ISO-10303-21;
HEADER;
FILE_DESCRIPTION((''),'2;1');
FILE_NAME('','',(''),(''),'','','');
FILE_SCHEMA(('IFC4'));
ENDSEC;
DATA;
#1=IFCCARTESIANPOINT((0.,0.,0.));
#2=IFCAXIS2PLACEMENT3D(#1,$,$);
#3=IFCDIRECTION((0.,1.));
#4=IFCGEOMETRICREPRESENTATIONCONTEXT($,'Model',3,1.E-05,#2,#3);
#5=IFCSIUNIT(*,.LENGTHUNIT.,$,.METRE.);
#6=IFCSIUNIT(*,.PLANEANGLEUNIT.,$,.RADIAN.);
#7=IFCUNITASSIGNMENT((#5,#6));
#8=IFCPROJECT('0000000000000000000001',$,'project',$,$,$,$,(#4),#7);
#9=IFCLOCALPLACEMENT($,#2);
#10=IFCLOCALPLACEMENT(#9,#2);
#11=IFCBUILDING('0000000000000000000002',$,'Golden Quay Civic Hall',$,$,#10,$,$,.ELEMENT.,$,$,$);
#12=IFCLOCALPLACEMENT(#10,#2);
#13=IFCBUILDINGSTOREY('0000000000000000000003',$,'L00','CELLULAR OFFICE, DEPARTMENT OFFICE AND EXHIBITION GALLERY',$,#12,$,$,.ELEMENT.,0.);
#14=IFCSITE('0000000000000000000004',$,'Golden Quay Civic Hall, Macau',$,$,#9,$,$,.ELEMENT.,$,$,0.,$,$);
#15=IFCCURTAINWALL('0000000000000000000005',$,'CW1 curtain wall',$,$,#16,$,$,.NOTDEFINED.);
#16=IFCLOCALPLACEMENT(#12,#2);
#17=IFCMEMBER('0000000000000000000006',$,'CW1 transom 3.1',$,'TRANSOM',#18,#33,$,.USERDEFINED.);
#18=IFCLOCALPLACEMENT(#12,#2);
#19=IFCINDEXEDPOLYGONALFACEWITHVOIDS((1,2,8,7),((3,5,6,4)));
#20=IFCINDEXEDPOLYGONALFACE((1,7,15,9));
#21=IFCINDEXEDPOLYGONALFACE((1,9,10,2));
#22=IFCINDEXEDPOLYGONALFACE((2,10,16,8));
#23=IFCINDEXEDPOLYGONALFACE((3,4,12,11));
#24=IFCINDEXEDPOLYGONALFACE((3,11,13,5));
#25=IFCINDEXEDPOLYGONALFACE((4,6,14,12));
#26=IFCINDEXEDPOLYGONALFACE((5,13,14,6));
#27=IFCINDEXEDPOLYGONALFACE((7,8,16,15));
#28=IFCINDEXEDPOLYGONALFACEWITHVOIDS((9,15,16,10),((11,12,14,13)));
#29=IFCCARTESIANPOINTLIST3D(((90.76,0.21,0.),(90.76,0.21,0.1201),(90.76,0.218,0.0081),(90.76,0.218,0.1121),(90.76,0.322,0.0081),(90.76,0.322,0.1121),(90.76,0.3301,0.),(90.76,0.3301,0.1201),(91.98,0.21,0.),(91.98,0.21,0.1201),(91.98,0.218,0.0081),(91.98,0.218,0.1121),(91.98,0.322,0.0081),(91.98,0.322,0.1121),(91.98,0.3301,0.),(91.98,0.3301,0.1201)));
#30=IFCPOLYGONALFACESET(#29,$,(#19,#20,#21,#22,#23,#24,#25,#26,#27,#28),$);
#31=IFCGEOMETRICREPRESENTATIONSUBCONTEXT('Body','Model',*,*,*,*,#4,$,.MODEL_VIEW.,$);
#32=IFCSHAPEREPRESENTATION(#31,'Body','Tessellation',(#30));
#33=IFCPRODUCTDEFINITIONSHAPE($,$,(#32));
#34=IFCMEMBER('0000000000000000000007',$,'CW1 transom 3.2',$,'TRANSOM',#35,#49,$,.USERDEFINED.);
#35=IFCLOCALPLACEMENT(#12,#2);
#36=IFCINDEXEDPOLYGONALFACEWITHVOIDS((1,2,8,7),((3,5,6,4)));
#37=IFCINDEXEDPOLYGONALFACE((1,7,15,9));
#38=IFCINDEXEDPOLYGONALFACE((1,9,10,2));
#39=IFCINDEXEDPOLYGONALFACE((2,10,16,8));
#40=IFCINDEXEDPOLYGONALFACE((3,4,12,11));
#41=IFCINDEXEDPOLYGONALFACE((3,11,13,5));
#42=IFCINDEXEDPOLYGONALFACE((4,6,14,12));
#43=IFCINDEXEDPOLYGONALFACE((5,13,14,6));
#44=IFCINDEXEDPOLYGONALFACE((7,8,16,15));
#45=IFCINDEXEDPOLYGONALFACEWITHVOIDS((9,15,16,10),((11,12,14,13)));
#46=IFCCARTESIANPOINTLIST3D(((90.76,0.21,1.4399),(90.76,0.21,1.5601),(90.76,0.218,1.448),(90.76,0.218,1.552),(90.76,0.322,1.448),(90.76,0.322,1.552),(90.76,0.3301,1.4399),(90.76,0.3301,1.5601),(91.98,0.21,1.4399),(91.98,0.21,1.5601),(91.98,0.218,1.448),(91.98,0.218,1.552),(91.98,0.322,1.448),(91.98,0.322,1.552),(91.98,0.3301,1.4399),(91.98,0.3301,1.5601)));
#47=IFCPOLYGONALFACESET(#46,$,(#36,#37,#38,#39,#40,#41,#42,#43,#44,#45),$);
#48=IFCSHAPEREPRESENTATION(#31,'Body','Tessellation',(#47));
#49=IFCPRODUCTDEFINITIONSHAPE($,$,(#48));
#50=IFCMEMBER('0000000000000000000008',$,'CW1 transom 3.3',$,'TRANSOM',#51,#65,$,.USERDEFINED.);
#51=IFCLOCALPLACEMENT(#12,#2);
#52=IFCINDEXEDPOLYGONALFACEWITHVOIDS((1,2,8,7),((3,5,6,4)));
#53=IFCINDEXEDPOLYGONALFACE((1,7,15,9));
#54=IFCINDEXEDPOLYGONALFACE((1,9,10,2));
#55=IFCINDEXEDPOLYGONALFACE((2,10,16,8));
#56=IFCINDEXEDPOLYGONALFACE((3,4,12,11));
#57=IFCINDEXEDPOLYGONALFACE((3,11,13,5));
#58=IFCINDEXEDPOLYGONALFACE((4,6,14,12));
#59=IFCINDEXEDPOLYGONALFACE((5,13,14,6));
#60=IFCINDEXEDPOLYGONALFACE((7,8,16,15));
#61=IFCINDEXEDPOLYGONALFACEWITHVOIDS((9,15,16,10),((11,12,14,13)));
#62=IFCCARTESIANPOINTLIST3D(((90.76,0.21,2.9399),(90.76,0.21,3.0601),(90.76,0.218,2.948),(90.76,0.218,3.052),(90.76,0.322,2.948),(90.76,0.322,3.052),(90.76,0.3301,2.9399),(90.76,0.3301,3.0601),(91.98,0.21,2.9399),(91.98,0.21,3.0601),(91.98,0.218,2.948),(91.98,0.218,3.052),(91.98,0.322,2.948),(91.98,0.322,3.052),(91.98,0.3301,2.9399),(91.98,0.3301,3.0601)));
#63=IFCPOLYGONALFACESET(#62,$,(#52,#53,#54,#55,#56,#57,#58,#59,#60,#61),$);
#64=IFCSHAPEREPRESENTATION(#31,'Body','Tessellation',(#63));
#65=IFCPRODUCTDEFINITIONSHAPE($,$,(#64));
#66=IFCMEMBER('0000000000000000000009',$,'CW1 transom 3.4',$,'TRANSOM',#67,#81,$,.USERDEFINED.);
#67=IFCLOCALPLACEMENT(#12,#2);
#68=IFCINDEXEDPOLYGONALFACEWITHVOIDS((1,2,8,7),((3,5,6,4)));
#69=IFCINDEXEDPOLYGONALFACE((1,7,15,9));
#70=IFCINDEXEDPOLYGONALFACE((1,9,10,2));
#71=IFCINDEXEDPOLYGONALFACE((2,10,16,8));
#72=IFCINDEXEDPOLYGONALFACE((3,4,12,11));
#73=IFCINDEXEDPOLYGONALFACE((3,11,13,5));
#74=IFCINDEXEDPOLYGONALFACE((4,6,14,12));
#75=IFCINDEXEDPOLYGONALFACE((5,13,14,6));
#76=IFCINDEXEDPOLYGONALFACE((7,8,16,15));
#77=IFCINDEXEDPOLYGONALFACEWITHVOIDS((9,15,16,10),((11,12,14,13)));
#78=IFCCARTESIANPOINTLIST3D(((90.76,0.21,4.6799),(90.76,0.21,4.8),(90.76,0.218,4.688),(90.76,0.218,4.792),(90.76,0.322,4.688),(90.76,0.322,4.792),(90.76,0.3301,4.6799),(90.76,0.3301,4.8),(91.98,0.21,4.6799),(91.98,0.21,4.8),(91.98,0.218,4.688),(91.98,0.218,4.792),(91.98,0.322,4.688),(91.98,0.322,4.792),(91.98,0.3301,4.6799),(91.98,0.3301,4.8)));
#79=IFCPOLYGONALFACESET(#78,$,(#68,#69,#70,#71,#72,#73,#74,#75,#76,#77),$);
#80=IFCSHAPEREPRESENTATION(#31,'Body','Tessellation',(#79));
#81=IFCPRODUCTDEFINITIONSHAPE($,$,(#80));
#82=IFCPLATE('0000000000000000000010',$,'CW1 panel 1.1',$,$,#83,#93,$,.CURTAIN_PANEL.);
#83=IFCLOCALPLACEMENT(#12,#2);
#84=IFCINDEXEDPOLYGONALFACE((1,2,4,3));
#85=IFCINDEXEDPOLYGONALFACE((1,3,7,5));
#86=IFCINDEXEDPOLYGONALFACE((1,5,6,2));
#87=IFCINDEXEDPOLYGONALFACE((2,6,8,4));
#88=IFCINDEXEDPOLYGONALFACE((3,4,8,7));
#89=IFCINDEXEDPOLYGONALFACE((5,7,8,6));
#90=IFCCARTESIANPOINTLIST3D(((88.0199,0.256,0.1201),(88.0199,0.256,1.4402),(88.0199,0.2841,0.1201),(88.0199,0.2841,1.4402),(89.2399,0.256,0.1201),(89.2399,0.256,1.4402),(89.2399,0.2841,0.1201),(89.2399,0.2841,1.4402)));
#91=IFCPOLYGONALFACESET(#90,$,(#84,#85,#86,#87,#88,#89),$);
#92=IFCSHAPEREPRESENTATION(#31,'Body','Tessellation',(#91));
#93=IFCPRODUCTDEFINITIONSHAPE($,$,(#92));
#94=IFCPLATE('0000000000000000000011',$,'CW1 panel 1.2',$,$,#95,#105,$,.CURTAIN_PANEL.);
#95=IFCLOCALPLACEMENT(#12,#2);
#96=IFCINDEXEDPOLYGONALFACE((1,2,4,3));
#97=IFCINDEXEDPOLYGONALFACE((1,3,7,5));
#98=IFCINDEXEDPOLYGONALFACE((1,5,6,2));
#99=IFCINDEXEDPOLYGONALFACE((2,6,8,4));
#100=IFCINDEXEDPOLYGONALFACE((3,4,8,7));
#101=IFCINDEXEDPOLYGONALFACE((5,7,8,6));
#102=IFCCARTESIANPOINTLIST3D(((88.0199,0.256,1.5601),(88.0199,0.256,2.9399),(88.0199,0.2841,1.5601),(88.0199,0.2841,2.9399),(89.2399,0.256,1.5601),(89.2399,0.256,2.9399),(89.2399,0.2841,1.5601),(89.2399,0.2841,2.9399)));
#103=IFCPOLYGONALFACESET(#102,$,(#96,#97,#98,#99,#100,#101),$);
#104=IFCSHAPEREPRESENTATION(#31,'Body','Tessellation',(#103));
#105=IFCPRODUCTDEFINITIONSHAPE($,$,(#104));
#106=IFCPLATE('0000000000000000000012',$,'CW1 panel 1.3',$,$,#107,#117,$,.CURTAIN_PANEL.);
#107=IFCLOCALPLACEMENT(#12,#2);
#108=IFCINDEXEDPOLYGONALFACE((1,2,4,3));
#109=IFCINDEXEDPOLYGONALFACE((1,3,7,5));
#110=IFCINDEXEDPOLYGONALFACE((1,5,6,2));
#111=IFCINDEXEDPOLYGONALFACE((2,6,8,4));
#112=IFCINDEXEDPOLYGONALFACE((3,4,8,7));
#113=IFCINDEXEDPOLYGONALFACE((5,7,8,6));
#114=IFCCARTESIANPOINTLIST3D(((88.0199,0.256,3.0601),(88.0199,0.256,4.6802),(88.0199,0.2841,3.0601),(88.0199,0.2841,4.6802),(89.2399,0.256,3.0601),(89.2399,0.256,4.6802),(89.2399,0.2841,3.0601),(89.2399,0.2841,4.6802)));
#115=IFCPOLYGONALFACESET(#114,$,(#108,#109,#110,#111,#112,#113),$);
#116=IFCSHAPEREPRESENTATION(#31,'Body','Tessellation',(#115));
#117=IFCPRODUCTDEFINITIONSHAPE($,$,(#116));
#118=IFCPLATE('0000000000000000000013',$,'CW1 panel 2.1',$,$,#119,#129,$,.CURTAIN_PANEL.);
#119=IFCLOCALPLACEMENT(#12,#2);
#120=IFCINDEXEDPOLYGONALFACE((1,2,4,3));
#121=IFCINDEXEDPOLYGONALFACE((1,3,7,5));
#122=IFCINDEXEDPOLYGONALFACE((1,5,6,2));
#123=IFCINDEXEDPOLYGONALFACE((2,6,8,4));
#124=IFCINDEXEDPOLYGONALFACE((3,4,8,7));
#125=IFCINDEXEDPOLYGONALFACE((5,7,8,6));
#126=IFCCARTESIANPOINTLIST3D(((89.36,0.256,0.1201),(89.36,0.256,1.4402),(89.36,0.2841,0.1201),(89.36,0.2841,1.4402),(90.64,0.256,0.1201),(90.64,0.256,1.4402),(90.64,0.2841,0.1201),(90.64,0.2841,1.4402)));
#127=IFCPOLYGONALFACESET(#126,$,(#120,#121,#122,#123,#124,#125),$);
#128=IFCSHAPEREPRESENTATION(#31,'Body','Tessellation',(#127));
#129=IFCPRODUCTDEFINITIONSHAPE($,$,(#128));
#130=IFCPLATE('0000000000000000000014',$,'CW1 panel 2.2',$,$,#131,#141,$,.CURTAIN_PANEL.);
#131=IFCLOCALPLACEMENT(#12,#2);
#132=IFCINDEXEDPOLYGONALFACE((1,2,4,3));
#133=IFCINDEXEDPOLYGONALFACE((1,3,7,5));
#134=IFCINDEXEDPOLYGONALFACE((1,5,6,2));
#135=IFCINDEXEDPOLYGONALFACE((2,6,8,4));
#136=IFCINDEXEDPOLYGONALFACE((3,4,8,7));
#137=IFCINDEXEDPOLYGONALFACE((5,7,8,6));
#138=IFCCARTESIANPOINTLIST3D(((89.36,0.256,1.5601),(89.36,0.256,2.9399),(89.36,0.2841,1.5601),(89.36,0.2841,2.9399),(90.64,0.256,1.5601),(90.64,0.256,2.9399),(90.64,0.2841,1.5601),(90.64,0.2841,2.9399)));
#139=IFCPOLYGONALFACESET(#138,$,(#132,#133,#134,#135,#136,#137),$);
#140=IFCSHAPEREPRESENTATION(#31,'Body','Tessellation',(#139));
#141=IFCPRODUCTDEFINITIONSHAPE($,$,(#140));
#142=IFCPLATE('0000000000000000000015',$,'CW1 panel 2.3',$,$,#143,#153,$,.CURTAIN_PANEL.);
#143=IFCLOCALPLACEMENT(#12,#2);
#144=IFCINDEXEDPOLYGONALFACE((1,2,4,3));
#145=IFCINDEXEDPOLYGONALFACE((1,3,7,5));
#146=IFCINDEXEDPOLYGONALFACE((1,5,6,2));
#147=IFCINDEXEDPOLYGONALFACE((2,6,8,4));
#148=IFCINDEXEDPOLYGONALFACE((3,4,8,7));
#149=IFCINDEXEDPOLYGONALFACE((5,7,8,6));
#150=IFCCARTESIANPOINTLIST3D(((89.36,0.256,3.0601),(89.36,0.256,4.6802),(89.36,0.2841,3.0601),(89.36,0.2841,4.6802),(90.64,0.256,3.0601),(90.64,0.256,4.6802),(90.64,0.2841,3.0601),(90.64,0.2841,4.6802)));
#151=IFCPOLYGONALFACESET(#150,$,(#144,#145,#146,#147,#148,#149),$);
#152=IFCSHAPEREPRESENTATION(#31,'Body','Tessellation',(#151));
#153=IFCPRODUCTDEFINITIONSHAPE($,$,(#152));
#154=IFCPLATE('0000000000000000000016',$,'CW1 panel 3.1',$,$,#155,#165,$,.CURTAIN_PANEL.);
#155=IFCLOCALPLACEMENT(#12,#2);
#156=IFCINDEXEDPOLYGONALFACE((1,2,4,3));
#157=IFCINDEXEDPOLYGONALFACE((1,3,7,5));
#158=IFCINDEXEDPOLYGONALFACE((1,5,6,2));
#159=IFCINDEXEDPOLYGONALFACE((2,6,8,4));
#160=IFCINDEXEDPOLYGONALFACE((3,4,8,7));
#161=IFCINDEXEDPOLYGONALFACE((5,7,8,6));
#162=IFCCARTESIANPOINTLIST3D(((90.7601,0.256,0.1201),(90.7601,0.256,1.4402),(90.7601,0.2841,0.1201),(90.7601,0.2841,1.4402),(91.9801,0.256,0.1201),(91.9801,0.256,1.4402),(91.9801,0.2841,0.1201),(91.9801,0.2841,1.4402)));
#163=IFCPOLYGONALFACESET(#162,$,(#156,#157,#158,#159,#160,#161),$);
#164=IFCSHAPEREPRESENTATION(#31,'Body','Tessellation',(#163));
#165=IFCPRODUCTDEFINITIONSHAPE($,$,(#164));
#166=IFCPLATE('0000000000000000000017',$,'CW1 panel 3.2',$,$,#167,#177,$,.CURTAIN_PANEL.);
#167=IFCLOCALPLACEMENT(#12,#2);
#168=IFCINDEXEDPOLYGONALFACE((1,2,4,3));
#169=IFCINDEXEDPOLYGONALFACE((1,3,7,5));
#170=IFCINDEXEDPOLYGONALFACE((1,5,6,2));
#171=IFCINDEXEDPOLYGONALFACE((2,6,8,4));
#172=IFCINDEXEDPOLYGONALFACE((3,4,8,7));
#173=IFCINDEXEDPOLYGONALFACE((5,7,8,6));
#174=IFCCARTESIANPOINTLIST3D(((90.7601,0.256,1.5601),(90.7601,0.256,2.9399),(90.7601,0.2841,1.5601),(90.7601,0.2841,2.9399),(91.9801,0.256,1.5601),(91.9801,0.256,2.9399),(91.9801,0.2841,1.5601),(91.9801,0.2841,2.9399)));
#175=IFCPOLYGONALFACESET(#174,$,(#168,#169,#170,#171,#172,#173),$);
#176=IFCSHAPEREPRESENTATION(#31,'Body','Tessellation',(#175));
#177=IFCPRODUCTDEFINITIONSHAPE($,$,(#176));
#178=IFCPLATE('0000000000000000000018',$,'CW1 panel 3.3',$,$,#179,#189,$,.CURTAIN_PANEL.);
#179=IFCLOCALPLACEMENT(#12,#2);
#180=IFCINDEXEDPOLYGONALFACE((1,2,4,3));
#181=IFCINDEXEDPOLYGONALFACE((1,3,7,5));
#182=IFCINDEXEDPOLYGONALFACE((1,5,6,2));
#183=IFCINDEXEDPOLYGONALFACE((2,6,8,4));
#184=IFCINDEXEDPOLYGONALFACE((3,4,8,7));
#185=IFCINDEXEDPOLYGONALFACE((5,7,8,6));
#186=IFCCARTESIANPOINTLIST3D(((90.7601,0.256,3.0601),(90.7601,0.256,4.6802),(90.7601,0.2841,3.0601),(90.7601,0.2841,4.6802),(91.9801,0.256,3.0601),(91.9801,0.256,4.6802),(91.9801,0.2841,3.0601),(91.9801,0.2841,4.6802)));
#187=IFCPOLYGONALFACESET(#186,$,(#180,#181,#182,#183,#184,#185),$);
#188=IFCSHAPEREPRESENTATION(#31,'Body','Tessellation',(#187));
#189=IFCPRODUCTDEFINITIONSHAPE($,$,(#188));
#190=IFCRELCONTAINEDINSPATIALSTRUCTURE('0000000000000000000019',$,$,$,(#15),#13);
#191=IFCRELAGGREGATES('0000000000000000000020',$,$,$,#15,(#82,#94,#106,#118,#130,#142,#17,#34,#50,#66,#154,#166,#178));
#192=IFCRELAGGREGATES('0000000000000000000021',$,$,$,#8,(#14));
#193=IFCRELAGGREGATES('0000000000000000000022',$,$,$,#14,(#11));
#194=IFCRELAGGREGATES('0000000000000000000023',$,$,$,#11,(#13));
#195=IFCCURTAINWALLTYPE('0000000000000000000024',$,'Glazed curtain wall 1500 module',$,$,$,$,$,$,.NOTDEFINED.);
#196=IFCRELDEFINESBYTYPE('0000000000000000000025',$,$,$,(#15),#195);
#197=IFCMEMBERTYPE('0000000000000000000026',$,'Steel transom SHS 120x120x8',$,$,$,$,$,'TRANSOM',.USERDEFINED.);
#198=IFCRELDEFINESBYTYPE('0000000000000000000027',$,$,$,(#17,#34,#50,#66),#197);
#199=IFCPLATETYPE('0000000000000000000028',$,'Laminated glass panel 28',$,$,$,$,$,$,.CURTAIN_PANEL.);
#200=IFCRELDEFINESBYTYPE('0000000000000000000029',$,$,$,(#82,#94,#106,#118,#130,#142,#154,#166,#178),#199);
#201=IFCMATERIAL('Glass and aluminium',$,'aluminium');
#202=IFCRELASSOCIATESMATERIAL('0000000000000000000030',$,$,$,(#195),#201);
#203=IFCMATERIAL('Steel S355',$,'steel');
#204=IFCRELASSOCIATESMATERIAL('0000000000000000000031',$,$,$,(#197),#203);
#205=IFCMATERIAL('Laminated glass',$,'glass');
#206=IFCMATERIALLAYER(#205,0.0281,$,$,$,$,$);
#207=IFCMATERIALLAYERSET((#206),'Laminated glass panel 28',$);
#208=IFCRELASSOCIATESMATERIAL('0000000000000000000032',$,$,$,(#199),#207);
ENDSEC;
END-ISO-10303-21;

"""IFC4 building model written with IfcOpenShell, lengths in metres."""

from ifc_helpers import new_model, si_unit, direction, frame, origin, origin_2d, place, context, subcontext, project, spatial, rectangle, hollow_rectangle, extrude, material, layer, layer_set, material_profile, profile_set, type_object, element, aggregate, save


model = new_model("IFC4")

# Units and contexts
model_context = context("Model", 3, precision=1e-05, world=origin(), true_north=direction((0.0, 1.0)))
body_context = subcontext(model_context, "Body", "Model", "MODEL_VIEW")
ifc_project = project(units=[si_unit("LENGTHUNIT", "METRE"), si_unit("PLANEANGLEUNIT", "RADIAN")], contexts=[model_context])

# Site, building, storey
site_placement = place(None, origin())
site = spatial("IfcSite", under=ifc_project, at=site_placement, Name="Golden Quay Civic Hall, Macau", CompositionType="ELEMENT", RefElevation=0.0)
building_placement = place(site_placement, origin())
building = spatial("IfcBuilding", under=site, at=building_placement, Name="Golden Quay Civic Hall", CompositionType="ELEMENT")
storey_placement = place(building_placement, origin())
storey = spatial("IfcBuildingStorey", under=building, at=storey_placement, Name="L00", Description="CELLULAR OFFICE, DEPARTMENT OFFICE AND EXHIBITION GALLERY", CompositionType="ELEMENT", Elevation=0.0)

# Curtain wall
ifc_material_1 = material(Name="Glass and aluminium", Category="aluminium")
curtain_wall_type = type_object("IfcCurtainWallType", Name="Glazed curtain wall 1500 module", PredefinedType="NOTDEFINED", material=ifc_material_1)
curtain_wall_placement = place(storey_placement, origin())
curtain_wall = element("IfcCurtainWall", 1, at=curtain_wall_placement, inside=storey, type_object=curtain_wall_type, Name="CW1 curtain wall", PredefinedType="NOTDEFINED")

# Members
ifc_material_2 = material(Name="Steel S355", Category="steel")
ifc_material_profile_1 = material_profile(ifc_material_2, hollow_rectangle(XDim=0.1201, YDim=0.1201, WallThickness=0.0081, at=origin_2d()), Name="SHS 120x120x8")
ifc_profile_set_1 = profile_set([ifc_material_profile_1], Name="Steel S355")
member_type_1 = type_object("IfcMemberType", Name="Steel transom SHS 120x120x8", ElementType="TRANSOM", PredefinedType="USERDEFINED", material=ifc_profile_set_1)
member_1_placement = place(storey_placement, frame((90.76, 0.27, 0.0601), z_axis=(1.0, 0.0, 0.0), x_axis=(0.0, 1.0, 0.0)))
member_1 = element("IfcMember", 2, at=member_1_placement, type_object=member_type_1, Name="CW1 transom 3.1", ObjectType="TRANSOM", PredefinedType="USERDEFINED", context=body_context, shape_type="SweptSolid", body=[
    extrude(hollow_rectangle(XDim=0.1201, YDim=0.1201, WallThickness=0.0081, at=origin_2d()), origin(), (0.0, 0.0, 1.0), 1.22),
])
member_2_placement = place(storey_placement, frame((90.76, 0.27, 1.5), z_axis=(1.0, 0.0, 0.0), x_axis=(0.0, 1.0, 0.0)))
member_2 = element("IfcMember", 3, at=member_2_placement, type_object=member_type_1, Name="CW1 transom 3.2", ObjectType="TRANSOM", PredefinedType="USERDEFINED", context=body_context, shape_type="SweptSolid", body=[
    extrude(hollow_rectangle(XDim=0.1201, YDim=0.1201, WallThickness=0.0081, at=origin_2d()), origin(), (0.0, 0.0, 1.0), 1.22),
])
member_3_placement = place(storey_placement, frame((90.76, 0.27, 3.0), z_axis=(1.0, 0.0, 0.0), x_axis=(0.0, 1.0, 0.0)))
member_3 = element("IfcMember", 4, at=member_3_placement, type_object=member_type_1, Name="CW1 transom 3.3", ObjectType="TRANSOM", PredefinedType="USERDEFINED", context=body_context, shape_type="SweptSolid", body=[
    extrude(hollow_rectangle(XDim=0.1201, YDim=0.1201, WallThickness=0.0081, at=origin_2d()), origin(), (0.0, 0.0, 1.0), 1.22),
])
member_4_placement = place(storey_placement, frame((90.76, 0.27, 4.74), z_axis=(1.0, 0.0, 0.0), x_axis=(0.0, 1.0, 0.0)))
member_4 = element("IfcMember", 5, at=member_4_placement, type_object=member_type_1, Name="CW1 transom 3.4", ObjectType="TRANSOM", PredefinedType="USERDEFINED", context=body_context, shape_type="SweptSolid", body=[
    extrude(hollow_rectangle(XDim=0.1201, YDim=0.1201, WallThickness=0.0081, at=origin_2d()), origin(), (0.0, 0.0, 1.0), 1.22),
])

# Plates
ifc_material_3 = material(Name="Laminated glass", Category="glass")
ifc_layer = layer(ifc_material_3, 0.0281)
ifc_layer_set = layer_set([ifc_layer], Name="Laminated glass panel 28")
plate_type = type_object("IfcPlateType", Name="Laminated glass panel 28", PredefinedType="CURTAIN_PANEL", material=ifc_layer_set)
plate_1_placement = place(storey_placement, frame((88.6299, 0.27, 0.1201), z_axis=(0.0, 0.0, 1.0), x_axis=(1.0, 0.0, 0.0)))
plate_1 = element("IfcPlate", 6, at=plate_1_placement, type_object=plate_type, Name="CW1 panel 1.1", PredefinedType="CURTAIN_PANEL", context=body_context, shape_type="SweptSolid", body=[
    extrude(rectangle(XDim=1.22, YDim=0.0281, at=origin_2d()), origin(), (0.0, 0.0, 1.0), 1.3201),
])
plate_2_placement = place(storey_placement, frame((88.6299, 0.27, 1.5601), z_axis=(0.0, 0.0, 1.0), x_axis=(1.0, 0.0, 0.0)))
plate_2 = element("IfcPlate", 7, at=plate_2_placement, type_object=plate_type, Name="CW1 panel 1.2", PredefinedType="CURTAIN_PANEL", context=body_context, shape_type="SweptSolid", body=[
    extrude(rectangle(XDim=1.22, YDim=0.0281, at=origin_2d()), origin(), (0.0, 0.0, 1.0), 1.3799),
])
plate_3_placement = place(storey_placement, frame((88.6299, 0.27, 3.0601), z_axis=(0.0, 0.0, 1.0), x_axis=(1.0, 0.0, 0.0)))
plate_3 = element("IfcPlate", 8, at=plate_3_placement, type_object=plate_type, Name="CW1 panel 1.3", PredefinedType="CURTAIN_PANEL", context=body_context, shape_type="SweptSolid", body=[
    extrude(rectangle(XDim=1.22, YDim=0.0281, at=origin_2d()), origin(), (0.0, 0.0, 1.0), 1.6201),
])
plate_4_placement = place(storey_placement, frame((90.0, 0.27, 0.1201), z_axis=(0.0, 0.0, 1.0), x_axis=(1.0, 0.0, 0.0)))
plate_4 = element("IfcPlate", 9, at=plate_4_placement, type_object=plate_type, Name="CW1 panel 2.1", PredefinedType="CURTAIN_PANEL", context=body_context, shape_type="SweptSolid", body=[
    extrude(rectangle(XDim=1.28, YDim=0.0281, at=origin_2d()), origin(), (0.0, 0.0, 1.0), 1.3201),
])
plate_5_placement = place(storey_placement, frame((90.0, 0.27, 1.5601), z_axis=(0.0, 0.0, 1.0), x_axis=(1.0, 0.0, 0.0)))
plate_5 = element("IfcPlate", 10, at=plate_5_placement, type_object=plate_type, Name="CW1 panel 2.2", PredefinedType="CURTAIN_PANEL", context=body_context, shape_type="SweptSolid", body=[
    extrude(rectangle(XDim=1.28, YDim=0.0281, at=origin_2d()), origin(), (0.0, 0.0, 1.0), 1.3799),
])
plate_6_placement = place(storey_placement, frame((90.0, 0.27, 3.0601), z_axis=(0.0, 0.0, 1.0), x_axis=(1.0, 0.0, 0.0)))
plate_6 = element("IfcPlate", 11, at=plate_6_placement, type_object=plate_type, Name="CW1 panel 2.3", PredefinedType="CURTAIN_PANEL", context=body_context, shape_type="SweptSolid", body=[
    extrude(rectangle(XDim=1.28, YDim=0.0281, at=origin_2d()), origin(), (0.0, 0.0, 1.0), 1.6201),
])
plate_7_placement = place(storey_placement, frame((91.3701, 0.27, 0.1201), z_axis=(0.0, 0.0, 1.0), x_axis=(1.0, 0.0, 0.0)))
plate_7 = element("IfcPlate", 12, at=plate_7_placement, type_object=plate_type, Name="CW1 panel 3.1", PredefinedType="CURTAIN_PANEL", context=body_context, shape_type="SweptSolid", body=[
    extrude(rectangle(XDim=1.22, YDim=0.0281, at=origin_2d()), origin(), (0.0, 0.0, 1.0), 1.3201),
])
plate_8_placement = place(storey_placement, frame((91.3701, 0.27, 1.5601), z_axis=(0.0, 0.0, 1.0), x_axis=(1.0, 0.0, 0.0)))
plate_8 = element("IfcPlate", 13, at=plate_8_placement, type_object=plate_type, Name="CW1 panel 3.2", PredefinedType="CURTAIN_PANEL", context=body_context, shape_type="SweptSolid", body=[
    extrude(rectangle(XDim=1.22, YDim=0.0281, at=origin_2d()), origin(), (0.0, 0.0, 1.0), 1.3799),
])
plate_9_placement = place(storey_placement, frame((91.3701, 0.27, 3.0601), z_axis=(0.0, 0.0, 1.0), x_axis=(1.0, 0.0, 0.0)))
plate_9 = element("IfcPlate", 14, at=plate_9_placement, type_object=plate_type, Name="CW1 panel 3.3", PredefinedType="CURTAIN_PANEL", context=body_context, shape_type="SweptSolid", body=[
    extrude(rectangle(XDim=1.22, YDim=0.0281, at=origin_2d()), origin(), (0.0, 0.0, 1.0), 1.6201),
])
aggregate(curtain_wall, [plate_1, plate_2, plate_3, plate_4, plate_5, plate_6, member_1, member_2, member_3, member_4, plate_7, plate_8, plate_9])

save(model, "model.ifc")
